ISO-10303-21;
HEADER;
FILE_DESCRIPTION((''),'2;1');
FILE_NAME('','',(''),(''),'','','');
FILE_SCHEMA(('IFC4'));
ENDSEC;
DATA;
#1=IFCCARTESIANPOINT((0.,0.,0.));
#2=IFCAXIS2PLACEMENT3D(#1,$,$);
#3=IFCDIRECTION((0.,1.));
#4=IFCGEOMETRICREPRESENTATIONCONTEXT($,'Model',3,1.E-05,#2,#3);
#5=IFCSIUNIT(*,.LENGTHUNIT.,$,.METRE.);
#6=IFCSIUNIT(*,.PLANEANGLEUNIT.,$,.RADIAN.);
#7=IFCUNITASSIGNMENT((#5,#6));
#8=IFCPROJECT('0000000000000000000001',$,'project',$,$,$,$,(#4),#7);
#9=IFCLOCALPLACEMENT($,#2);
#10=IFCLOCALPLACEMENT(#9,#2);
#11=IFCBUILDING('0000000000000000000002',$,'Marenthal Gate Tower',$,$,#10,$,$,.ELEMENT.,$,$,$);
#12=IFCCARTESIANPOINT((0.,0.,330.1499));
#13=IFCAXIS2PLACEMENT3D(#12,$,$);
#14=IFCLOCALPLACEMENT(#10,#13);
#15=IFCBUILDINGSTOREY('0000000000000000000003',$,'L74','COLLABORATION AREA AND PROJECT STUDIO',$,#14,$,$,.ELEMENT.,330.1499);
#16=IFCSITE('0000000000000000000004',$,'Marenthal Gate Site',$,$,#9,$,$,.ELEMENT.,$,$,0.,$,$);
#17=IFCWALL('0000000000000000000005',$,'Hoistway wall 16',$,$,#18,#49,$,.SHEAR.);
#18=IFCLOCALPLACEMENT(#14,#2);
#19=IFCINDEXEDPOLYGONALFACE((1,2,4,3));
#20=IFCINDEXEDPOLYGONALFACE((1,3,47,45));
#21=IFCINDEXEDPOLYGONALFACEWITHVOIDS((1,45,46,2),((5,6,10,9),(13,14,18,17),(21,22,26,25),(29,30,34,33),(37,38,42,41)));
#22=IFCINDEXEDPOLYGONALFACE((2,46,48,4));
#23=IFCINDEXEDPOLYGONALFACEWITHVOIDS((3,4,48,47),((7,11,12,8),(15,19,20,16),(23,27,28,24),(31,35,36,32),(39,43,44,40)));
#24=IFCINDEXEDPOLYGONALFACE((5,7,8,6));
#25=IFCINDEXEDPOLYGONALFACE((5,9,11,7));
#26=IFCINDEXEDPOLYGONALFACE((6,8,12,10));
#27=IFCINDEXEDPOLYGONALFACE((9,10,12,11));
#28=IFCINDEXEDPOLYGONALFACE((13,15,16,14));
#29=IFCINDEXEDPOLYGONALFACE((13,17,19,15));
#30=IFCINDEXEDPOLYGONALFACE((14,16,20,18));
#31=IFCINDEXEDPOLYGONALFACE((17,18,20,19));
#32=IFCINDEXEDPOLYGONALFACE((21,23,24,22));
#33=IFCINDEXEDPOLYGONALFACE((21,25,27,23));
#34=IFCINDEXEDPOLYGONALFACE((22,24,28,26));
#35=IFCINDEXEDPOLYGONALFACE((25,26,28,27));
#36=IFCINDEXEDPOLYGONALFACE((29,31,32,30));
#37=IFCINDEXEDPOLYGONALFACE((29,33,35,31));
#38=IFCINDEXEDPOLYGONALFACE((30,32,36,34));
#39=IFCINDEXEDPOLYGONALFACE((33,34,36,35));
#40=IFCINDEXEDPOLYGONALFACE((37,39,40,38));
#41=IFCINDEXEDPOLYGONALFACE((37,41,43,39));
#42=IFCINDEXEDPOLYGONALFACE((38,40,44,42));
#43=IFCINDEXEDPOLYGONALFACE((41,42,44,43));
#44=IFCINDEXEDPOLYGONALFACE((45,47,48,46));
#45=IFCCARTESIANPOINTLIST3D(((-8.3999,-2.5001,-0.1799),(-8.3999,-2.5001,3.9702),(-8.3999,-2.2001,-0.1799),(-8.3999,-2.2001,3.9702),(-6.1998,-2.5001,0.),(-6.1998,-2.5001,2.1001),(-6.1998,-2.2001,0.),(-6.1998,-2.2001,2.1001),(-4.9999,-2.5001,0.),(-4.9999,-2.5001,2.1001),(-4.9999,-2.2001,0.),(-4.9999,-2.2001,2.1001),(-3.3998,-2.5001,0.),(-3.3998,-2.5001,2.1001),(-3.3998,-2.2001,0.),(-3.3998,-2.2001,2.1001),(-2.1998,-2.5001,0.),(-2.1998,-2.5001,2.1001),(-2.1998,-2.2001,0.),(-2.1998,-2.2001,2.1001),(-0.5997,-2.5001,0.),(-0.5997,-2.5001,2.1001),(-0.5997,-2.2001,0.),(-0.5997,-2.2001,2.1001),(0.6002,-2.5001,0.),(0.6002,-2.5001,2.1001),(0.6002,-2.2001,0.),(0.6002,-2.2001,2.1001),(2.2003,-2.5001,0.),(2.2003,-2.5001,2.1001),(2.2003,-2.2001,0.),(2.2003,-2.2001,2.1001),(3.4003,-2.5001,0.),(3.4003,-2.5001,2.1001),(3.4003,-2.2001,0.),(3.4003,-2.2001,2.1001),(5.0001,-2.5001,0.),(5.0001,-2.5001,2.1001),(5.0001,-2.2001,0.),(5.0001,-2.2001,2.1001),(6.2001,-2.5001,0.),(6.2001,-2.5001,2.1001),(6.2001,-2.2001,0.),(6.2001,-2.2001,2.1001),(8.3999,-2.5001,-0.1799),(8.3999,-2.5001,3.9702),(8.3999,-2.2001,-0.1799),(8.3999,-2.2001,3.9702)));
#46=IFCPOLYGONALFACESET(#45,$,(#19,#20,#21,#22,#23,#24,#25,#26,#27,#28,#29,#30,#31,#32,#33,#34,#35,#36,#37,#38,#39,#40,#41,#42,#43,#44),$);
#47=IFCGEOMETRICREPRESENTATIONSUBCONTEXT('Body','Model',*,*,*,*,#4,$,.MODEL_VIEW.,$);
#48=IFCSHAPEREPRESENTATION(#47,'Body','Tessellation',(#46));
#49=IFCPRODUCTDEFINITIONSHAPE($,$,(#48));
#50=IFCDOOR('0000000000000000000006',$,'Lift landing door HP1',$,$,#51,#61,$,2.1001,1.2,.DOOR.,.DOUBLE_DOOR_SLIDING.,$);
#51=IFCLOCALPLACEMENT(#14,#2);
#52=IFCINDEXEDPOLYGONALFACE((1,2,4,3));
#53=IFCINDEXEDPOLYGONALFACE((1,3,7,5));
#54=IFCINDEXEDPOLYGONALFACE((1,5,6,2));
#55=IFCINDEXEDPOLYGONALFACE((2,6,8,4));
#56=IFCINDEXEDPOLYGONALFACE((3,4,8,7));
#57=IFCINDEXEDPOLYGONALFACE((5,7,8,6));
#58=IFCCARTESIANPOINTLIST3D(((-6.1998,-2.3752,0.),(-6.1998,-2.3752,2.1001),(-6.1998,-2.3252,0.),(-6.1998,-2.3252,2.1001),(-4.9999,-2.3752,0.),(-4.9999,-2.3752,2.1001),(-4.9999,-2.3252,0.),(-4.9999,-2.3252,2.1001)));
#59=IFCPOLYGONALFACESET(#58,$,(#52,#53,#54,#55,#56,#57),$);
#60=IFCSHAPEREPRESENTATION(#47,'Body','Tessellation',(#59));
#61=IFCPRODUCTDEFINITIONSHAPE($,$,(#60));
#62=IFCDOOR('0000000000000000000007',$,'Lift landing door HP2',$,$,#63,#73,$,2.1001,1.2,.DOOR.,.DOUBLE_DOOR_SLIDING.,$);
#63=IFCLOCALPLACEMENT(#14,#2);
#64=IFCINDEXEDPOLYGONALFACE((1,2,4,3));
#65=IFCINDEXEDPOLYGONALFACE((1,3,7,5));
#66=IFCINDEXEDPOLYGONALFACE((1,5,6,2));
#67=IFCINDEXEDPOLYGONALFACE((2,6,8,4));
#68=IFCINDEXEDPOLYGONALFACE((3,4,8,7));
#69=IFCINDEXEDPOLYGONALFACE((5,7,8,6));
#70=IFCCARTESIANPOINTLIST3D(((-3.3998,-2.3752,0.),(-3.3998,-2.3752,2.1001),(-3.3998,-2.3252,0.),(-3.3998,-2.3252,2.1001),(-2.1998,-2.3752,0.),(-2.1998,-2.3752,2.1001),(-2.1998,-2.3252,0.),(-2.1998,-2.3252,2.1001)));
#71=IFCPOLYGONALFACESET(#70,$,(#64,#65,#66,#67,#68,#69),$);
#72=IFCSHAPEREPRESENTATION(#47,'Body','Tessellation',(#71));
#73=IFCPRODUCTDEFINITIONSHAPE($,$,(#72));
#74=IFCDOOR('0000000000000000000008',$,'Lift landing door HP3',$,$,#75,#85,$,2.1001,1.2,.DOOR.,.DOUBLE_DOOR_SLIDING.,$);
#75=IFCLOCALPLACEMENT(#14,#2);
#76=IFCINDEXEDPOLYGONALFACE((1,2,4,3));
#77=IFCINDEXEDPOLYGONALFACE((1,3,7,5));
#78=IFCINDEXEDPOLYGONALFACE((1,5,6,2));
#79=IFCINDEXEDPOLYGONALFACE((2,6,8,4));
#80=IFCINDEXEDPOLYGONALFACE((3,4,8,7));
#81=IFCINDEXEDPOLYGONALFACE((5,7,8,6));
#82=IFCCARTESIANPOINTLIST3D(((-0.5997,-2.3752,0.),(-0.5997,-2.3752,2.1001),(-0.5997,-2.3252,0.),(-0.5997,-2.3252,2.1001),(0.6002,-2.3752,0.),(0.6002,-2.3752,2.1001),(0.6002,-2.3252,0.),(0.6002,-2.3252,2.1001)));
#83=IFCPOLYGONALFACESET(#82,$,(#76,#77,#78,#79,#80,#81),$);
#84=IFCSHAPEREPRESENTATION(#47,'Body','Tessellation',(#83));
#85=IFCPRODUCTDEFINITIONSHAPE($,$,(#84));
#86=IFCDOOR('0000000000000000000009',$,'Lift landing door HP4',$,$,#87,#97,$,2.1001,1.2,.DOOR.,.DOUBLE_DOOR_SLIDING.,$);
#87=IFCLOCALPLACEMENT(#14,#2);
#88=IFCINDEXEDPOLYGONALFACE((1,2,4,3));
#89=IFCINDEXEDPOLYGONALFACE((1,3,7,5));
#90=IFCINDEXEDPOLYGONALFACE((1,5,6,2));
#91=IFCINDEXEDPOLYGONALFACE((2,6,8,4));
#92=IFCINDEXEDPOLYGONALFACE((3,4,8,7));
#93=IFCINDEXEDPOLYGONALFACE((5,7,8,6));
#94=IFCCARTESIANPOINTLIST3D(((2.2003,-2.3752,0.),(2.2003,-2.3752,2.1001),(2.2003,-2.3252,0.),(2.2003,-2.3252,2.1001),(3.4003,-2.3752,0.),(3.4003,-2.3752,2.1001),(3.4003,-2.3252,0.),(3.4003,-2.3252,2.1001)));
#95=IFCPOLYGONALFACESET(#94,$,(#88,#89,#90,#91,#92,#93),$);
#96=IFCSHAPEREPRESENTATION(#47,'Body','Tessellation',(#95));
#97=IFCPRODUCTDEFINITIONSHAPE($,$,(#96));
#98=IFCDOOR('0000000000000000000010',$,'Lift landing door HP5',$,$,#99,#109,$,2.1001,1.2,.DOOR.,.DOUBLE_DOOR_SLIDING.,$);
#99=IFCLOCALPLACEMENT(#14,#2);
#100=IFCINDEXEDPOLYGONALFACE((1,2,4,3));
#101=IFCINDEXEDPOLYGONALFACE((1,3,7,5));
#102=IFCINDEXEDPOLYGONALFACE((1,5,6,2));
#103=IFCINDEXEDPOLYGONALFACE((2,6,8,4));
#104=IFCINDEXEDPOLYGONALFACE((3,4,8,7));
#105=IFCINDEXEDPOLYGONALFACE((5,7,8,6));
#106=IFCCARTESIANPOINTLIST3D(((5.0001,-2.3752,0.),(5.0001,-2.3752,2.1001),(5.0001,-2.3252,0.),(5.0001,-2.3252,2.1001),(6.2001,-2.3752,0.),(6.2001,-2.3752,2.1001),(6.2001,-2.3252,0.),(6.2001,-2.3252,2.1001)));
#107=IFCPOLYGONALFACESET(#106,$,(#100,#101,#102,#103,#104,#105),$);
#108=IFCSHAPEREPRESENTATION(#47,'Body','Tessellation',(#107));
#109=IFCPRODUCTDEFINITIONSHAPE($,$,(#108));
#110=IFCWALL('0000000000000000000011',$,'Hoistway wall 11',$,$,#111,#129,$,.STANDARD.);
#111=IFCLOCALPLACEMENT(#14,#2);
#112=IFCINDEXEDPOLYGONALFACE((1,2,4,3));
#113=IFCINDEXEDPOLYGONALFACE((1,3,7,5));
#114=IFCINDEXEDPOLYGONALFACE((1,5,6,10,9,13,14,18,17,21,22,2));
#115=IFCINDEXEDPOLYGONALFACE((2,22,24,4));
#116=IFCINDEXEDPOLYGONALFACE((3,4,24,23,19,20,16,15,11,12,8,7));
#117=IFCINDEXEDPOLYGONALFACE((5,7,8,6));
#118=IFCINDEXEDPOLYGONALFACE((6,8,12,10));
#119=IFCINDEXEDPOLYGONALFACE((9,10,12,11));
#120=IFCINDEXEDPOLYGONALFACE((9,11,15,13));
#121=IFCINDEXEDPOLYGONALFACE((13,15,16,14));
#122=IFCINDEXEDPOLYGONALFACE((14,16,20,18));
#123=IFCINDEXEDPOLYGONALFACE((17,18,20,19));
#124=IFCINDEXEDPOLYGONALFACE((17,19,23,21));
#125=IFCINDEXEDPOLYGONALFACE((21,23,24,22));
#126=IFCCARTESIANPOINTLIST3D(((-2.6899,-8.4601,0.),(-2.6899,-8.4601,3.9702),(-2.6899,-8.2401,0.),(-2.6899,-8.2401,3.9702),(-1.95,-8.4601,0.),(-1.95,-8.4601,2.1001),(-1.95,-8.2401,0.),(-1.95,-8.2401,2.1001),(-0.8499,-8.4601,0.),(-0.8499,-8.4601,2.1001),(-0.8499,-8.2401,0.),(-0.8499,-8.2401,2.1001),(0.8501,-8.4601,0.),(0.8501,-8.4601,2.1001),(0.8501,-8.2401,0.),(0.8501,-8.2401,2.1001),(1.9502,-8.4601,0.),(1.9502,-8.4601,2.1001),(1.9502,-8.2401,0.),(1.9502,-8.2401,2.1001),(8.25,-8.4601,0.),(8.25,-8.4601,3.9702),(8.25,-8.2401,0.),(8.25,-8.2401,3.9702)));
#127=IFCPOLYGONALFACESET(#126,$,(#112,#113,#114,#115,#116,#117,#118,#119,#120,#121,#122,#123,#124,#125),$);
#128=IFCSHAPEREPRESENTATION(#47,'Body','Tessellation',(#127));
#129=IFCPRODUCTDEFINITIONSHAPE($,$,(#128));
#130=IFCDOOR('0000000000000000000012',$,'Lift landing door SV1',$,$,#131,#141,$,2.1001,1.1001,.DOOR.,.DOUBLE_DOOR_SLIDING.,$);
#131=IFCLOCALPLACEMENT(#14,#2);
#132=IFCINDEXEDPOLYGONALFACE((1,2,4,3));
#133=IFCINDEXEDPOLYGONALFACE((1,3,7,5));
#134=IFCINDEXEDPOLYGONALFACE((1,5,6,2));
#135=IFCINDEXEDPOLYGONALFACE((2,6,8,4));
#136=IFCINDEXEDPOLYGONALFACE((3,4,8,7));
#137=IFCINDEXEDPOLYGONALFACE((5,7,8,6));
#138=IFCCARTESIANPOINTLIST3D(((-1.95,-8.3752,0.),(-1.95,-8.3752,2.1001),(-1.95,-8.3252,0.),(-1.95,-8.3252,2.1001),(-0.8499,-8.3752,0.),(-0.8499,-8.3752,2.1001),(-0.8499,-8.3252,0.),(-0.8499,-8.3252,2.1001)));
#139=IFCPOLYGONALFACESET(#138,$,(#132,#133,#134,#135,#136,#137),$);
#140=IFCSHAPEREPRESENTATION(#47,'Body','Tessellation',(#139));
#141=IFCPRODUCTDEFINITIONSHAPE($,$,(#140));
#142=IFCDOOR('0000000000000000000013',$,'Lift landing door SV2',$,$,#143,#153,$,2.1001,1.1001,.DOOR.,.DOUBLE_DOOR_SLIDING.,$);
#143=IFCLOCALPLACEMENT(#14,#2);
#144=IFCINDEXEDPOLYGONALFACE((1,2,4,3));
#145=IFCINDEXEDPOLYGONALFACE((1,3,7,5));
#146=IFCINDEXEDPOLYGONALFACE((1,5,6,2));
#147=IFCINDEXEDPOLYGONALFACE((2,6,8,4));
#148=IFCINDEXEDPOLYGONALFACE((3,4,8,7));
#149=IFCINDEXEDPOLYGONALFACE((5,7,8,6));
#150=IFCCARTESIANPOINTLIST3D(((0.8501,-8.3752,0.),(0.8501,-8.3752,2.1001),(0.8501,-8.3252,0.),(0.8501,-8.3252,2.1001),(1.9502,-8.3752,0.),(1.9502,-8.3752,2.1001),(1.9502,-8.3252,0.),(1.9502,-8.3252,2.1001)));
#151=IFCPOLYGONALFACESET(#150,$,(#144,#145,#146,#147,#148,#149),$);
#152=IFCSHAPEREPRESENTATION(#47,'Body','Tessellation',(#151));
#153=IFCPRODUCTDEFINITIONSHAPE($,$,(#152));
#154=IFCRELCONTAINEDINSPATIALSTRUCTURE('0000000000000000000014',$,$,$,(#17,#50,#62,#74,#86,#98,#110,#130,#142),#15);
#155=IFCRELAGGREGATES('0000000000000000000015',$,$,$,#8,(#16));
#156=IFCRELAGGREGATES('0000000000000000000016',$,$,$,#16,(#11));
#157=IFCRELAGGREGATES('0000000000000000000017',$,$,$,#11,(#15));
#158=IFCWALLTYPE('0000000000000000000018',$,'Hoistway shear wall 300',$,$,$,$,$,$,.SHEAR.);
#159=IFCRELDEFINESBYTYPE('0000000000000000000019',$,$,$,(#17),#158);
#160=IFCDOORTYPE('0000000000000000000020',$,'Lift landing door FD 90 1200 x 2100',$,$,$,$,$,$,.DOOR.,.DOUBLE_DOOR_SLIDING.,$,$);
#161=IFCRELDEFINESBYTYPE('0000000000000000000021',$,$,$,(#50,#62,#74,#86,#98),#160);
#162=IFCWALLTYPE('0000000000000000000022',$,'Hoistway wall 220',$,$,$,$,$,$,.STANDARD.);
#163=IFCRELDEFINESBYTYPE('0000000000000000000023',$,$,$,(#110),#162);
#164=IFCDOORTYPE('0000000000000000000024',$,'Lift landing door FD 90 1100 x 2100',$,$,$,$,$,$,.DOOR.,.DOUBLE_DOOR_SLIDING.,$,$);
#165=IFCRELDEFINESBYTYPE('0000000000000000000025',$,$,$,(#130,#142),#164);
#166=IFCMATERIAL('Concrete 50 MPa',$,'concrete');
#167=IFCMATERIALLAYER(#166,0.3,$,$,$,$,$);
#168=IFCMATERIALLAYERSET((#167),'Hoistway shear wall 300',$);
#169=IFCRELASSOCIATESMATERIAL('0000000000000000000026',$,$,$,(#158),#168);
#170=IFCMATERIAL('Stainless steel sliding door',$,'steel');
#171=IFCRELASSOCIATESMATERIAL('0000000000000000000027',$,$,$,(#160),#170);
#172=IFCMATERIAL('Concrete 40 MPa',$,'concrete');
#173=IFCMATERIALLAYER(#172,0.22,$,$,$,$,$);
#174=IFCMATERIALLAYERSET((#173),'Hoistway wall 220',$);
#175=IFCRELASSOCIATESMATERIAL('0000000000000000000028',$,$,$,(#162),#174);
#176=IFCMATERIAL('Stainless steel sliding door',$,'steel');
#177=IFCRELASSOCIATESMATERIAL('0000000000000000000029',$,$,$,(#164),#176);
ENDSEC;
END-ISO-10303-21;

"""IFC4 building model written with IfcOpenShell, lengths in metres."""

from ifc_helpers import new_model, si_unit, direction, frame, frame_2d, origin, place, context, subcontext, project, spatial, rectangle, extrude, material, layer, layer_set, type_object, element, fill, save


model = new_model("IFC4")

# Units and contexts
model_context = context("Model", 3, precision=1e-05, world=origin(), true_north=direction((0.0, 1.0)))
body_context = subcontext(model_context, "Body", "Model", "MODEL_VIEW")
ifc_project = project(units=[si_unit("LENGTHUNIT", "METRE"), si_unit("PLANEANGLEUNIT", "RADIAN")], contexts=[model_context])

# Site, building, storey
site_placement = place(None, origin())
site = spatial("IfcSite", under=ifc_project, at=site_placement, Name="Marenthal Gate Site", CompositionType="ELEMENT", RefElevation=0.0)
building_placement = place(site_placement, origin())
building = spatial("IfcBuilding", under=site, at=building_placement, Name="Marenthal Gate Tower", CompositionType="ELEMENT")
storey_placement = place(building_placement, frame((0.0, 0.0, 330.1499)))
storey = spatial("IfcBuildingStorey", under=building, at=storey_placement, Name="L74", Description="COLLABORATION AREA AND PROJECT STUDIO", CompositionType="ELEMENT", Elevation=330.1499)

# Walls, openings, doors
ifc_material_1 = material(Name="Concrete 50 MPa", Category="concrete")
ifc_layer_1 = layer(ifc_material_1, 0.3)
ifc_layer_set_1 = layer_set([ifc_layer_1], Name="Hoistway shear wall 300")
wall_type_1 = type_object("IfcWallType", Name="Hoistway shear wall 300", PredefinedType="SHEAR", material=ifc_layer_set_1)
wall_1_placement = place(storey_placement, frame((-8.3999, -2.3501, -0.1799), z_axis=(0.0, 0.0, 1.0), x_axis=(1.0, 0.0, 0.0)))
wall_1 = element("IfcWall", 1, at=wall_1_placement, inside=storey, type_object=wall_type_1, Name="Hoistway wall 16", PredefinedType="SHEAR", context=body_context, shape_type="SweptSolid", body=[
    extrude(rectangle(XDim=16.7998, YDim=0.3, at=frame_2d((8.3999, 0.0))), origin(), (0.0, 0.0, 1.0), 4.1501),
])
opening_1_placement = place(wall_1_placement, frame((2.2, 0.0, 0.1799)))
opening_1 = element("IfcOpeningElement", 2, at=opening_1_placement, cuts=wall_1, PredefinedType="OPENING", context=body_context, shape_type="SweptSolid", body=[
    extrude(rectangle(XDim=1.2, YDim=2.1001, at=frame_2d((0.6001, 1.05))), frame((0.0, 0.1602, 0.0), z_axis=(0.0, -1.0, 0.0), x_axis=(1.0, 0.0, 0.0)), (0.0, 0.0, 1.0), 0.3201),
])
opening_2_placement = place(wall_1_placement, frame((5.0, 0.0, 0.1799)))
opening_2 = element("IfcOpeningElement", 3, at=opening_2_placement, cuts=wall_1, PredefinedType="OPENING", context=body_context, shape_type="SweptSolid", body=[
    extrude(rectangle(XDim=1.2, YDim=2.1001, at=frame_2d((0.6001, 1.05))), frame((0.0, 0.1602, 0.0), z_axis=(0.0, -1.0, 0.0), x_axis=(1.0, 0.0, 0.0)), (0.0, 0.0, 1.0), 0.3201),
])
opening_3_placement = place(wall_1_placement, frame((7.8, 0.0, 0.1799)))
opening_3 = element("IfcOpeningElement", 4, at=opening_3_placement, cuts=wall_1, PredefinedType="OPENING", context=body_context, shape_type="SweptSolid", body=[
    extrude(rectangle(XDim=1.2, YDim=2.1001, at=frame_2d((0.6001, 1.05))), frame((0.0, 0.1602, 0.0), z_axis=(0.0, -1.0, 0.0), x_axis=(1.0, 0.0, 0.0)), (0.0, 0.0, 1.0), 0.3201),
])
opening_4_placement = place(wall_1_placement, frame((10.6001, 0.0, 0.1799)))
opening_4 = element("IfcOpeningElement", 5, at=opening_4_placement, cuts=wall_1, PredefinedType="OPENING", context=body_context, shape_type="SweptSolid", body=[
    extrude(rectangle(XDim=1.2, YDim=2.1001, at=frame_2d((0.6001, 1.05))), frame((0.0, 0.1602, 0.0), z_axis=(0.0, -1.0, 0.0), x_axis=(1.0, 0.0, 0.0)), (0.0, 0.0, 1.0), 0.3201),
])
opening_5_placement = place(wall_1_placement, frame((13.3999, 0.0, 0.1799)))
opening_5 = element("IfcOpeningElement", 6, at=opening_5_placement, cuts=wall_1, PredefinedType="OPENING", context=body_context, shape_type="SweptSolid", body=[
    extrude(rectangle(XDim=1.2, YDim=2.1001, at=frame_2d((0.6001, 1.05))), frame((0.0, 0.1602, 0.0), z_axis=(0.0, -1.0, 0.0), x_axis=(1.0, 0.0, 0.0)), (0.0, 0.0, 1.0), 0.3201),
])
ifc_material_2 = material(Name="Stainless steel sliding door", Category="steel")
door_type_1 = type_object("IfcDoorType", Name="Lift landing door FD 90 1200 x 2100", OperationType="DOUBLE_DOOR_SLIDING", PredefinedType="DOOR", material=ifc_material_2)
door_1_placement = place(opening_1_placement, origin())
door_1 = element("IfcDoor", 7, at=door_1_placement, inside=storey, type_object=door_type_1, Name="Lift landing door HP1", OperationType="DOUBLE_DOOR_SLIDING", OverallHeight=2.1001, OverallWidth=1.2, PredefinedType="DOOR", context=body_context, shape_type="SweptSolid", body=[
    extrude(rectangle(XDim=1.2, YDim=2.1001, at=frame_2d((0.6001, 1.05))), frame((0.0, 0.0249, 0.0), z_axis=(0.0, -1.0, 0.0), x_axis=(1.0, 0.0, 0.0)), (0.0, 0.0, 1.0), 0.05),
])
fill(opening_1, door_1)
door_2_placement = place(opening_2_placement, origin())
door_2 = element("IfcDoor", 8, at=door_2_placement, inside=storey, type_object=door_type_1, Name="Lift landing door HP2", OperationType="DOUBLE_DOOR_SLIDING", OverallHeight=2.1001, OverallWidth=1.2, PredefinedType="DOOR", context=body_context, shape_type="SweptSolid", body=[
    extrude(rectangle(XDim=1.2, YDim=2.1001, at=frame_2d((0.6001, 1.05))), frame((0.0, 0.0249, 0.0), z_axis=(0.0, -1.0, 0.0), x_axis=(1.0, 0.0, 0.0)), (0.0, 0.0, 1.0), 0.05),
])
fill(opening_2, door_2)
door_3_placement = place(opening_3_placement, origin())
door_3 = element("IfcDoor", 9, at=door_3_placement, inside=storey, type_object=door_type_1, Name="Lift landing door HP3", OperationType="DOUBLE_DOOR_SLIDING", OverallHeight=2.1001, OverallWidth=1.2, PredefinedType="DOOR", context=body_context, shape_type="SweptSolid", body=[
    extrude(rectangle(XDim=1.2, YDim=2.1001, at=frame_2d((0.6001, 1.05))), frame((0.0, 0.0249, 0.0), z_axis=(0.0, -1.0, 0.0), x_axis=(1.0, 0.0, 0.0)), (0.0, 0.0, 1.0), 0.05),
])
fill(opening_3, door_3)
door_4_placement = place(opening_4_placement, origin())
door_4 = element("IfcDoor", 10, at=door_4_placement, inside=storey, type_object=door_type_1, Name="Lift landing door HP4", OperationType="DOUBLE_DOOR_SLIDING", OverallHeight=2.1001, OverallWidth=1.2, PredefinedType="DOOR", context=body_context, shape_type="SweptSolid", body=[
    extrude(rectangle(XDim=1.2, YDim=2.1001, at=frame_2d((0.6001, 1.05))), frame((0.0, 0.0249, 0.0), z_axis=(0.0, -1.0, 0.0), x_axis=(1.0, 0.0, 0.0)), (0.0, 0.0, 1.0), 0.05),
])
fill(opening_4, door_4)
door_5_placement = place(opening_5_placement, origin())
door_5 = element("IfcDoor", 11, at=door_5_placement, inside=storey, type_object=door_type_1, Name="Lift landing door HP5", OperationType="DOUBLE_DOOR_SLIDING", OverallHeight=2.1001, OverallWidth=1.2, PredefinedType="DOOR", context=body_context, shape_type="SweptSolid", body=[
    extrude(rectangle(XDim=1.2, YDim=2.1001, at=frame_2d((0.6001, 1.05))), frame((0.0, 0.0249, 0.0), z_axis=(0.0, -1.0, 0.0), x_axis=(1.0, 0.0, 0.0)), (0.0, 0.0, 1.0), 0.05),
])
fill(opening_5, door_5)
ifc_material_3 = material(Name="Concrete 40 MPa", Category="concrete")
ifc_layer_2 = layer(ifc_material_3, 0.22)
ifc_layer_set_2 = layer_set([ifc_layer_2], Name="Hoistway wall 220")
wall_type_2 = type_object("IfcWallType", Name="Hoistway wall 220", PredefinedType="STANDARD", material=ifc_layer_set_2)
wall_2_placement = place(storey_placement, frame((-2.6899, -8.3501, 0.0), z_axis=(0.0, 0.0, 1.0), x_axis=(1.0, 0.0, 0.0)))
wall_2 = element("IfcWall", 12, at=wall_2_placement, inside=storey, type_object=wall_type_2, Name="Hoistway wall 11", PredefinedType="STANDARD", context=body_context, shape_type="SweptSolid", body=[
    extrude(rectangle(XDim=10.9399, YDim=0.22, at=frame_2d((5.47, 0.0))), origin(), (0.0, 0.0, 1.0), 3.9702),
])
opening_6_placement = place(wall_2_placement, frame((0.74, 0.0, 0.0)))
opening_6 = element("IfcOpeningElement", 13, at=opening_6_placement, cuts=wall_2, PredefinedType="OPENING", context=body_context, shape_type="SweptSolid", body=[
    extrude(rectangle(XDim=1.1001, YDim=2.1001, at=frame_2d((0.55, 1.05))), frame((0.0, 0.1201, 0.0), z_axis=(0.0, -1.0, 0.0), x_axis=(1.0, 0.0, 0.0)), (0.0, 0.0, 1.0), 0.24),
])
opening_7_placement = place(wall_2_placement, frame((3.54, 0.0, 0.0)))
opening_7 = element("IfcOpeningElement", 14, at=opening_7_placement, cuts=wall_2, PredefinedType="OPENING", context=body_context, shape_type="SweptSolid", body=[
    extrude(rectangle(XDim=1.1001, YDim=2.1001, at=frame_2d((0.55, 1.05))), frame((0.0, 0.1201, 0.0), z_axis=(0.0, -1.0, 0.0), x_axis=(1.0, 0.0, 0.0)), (0.0, 0.0, 1.0), 0.24),
])
ifc_material_4 = material(Name="Stainless steel sliding door", Category="steel")
door_type_2 = type_object("IfcDoorType", Name="Lift landing door FD 90 1100 x 2100", OperationType="DOUBLE_DOOR_SLIDING", PredefinedType="DOOR", material=ifc_material_4)
door_6_placement = place(opening_6_placement, origin())
door_6 = element("IfcDoor", 15, at=door_6_placement, inside=storey, type_object=door_type_2, Name="Lift landing door SV1", OperationType="DOUBLE_DOOR_SLIDING", OverallHeight=2.1001, OverallWidth=1.1001, PredefinedType="DOOR", context=body_context, shape_type="SweptSolid", body=[
    extrude(rectangle(XDim=1.1001, YDim=2.1001, at=frame_2d((0.55, 1.05))), frame((0.0, 0.0249, 0.0), z_axis=(0.0, -1.0, 0.0), x_axis=(1.0, 0.0, 0.0)), (0.0, 0.0, 1.0), 0.05),
])
fill(opening_6, door_6)
door_7_placement = place(opening_7_placement, origin())
door_7 = element("IfcDoor", 16, at=door_7_placement, inside=storey, type_object=door_type_2, Name="Lift landing door SV2", OperationType="DOUBLE_DOOR_SLIDING", OverallHeight=2.1001, OverallWidth=1.1001, PredefinedType="DOOR", context=body_context, shape_type="SweptSolid", body=[
    extrude(rectangle(XDim=1.1001, YDim=2.1001, at=frame_2d((0.55, 1.05))), frame((0.0, 0.0249, 0.0), z_axis=(0.0, -1.0, 0.0), x_axis=(1.0, 0.0, 0.0)), (0.0, 0.0, 1.0), 0.05),
])
fill(opening_7, door_7)

save(model, "model.ifc")
